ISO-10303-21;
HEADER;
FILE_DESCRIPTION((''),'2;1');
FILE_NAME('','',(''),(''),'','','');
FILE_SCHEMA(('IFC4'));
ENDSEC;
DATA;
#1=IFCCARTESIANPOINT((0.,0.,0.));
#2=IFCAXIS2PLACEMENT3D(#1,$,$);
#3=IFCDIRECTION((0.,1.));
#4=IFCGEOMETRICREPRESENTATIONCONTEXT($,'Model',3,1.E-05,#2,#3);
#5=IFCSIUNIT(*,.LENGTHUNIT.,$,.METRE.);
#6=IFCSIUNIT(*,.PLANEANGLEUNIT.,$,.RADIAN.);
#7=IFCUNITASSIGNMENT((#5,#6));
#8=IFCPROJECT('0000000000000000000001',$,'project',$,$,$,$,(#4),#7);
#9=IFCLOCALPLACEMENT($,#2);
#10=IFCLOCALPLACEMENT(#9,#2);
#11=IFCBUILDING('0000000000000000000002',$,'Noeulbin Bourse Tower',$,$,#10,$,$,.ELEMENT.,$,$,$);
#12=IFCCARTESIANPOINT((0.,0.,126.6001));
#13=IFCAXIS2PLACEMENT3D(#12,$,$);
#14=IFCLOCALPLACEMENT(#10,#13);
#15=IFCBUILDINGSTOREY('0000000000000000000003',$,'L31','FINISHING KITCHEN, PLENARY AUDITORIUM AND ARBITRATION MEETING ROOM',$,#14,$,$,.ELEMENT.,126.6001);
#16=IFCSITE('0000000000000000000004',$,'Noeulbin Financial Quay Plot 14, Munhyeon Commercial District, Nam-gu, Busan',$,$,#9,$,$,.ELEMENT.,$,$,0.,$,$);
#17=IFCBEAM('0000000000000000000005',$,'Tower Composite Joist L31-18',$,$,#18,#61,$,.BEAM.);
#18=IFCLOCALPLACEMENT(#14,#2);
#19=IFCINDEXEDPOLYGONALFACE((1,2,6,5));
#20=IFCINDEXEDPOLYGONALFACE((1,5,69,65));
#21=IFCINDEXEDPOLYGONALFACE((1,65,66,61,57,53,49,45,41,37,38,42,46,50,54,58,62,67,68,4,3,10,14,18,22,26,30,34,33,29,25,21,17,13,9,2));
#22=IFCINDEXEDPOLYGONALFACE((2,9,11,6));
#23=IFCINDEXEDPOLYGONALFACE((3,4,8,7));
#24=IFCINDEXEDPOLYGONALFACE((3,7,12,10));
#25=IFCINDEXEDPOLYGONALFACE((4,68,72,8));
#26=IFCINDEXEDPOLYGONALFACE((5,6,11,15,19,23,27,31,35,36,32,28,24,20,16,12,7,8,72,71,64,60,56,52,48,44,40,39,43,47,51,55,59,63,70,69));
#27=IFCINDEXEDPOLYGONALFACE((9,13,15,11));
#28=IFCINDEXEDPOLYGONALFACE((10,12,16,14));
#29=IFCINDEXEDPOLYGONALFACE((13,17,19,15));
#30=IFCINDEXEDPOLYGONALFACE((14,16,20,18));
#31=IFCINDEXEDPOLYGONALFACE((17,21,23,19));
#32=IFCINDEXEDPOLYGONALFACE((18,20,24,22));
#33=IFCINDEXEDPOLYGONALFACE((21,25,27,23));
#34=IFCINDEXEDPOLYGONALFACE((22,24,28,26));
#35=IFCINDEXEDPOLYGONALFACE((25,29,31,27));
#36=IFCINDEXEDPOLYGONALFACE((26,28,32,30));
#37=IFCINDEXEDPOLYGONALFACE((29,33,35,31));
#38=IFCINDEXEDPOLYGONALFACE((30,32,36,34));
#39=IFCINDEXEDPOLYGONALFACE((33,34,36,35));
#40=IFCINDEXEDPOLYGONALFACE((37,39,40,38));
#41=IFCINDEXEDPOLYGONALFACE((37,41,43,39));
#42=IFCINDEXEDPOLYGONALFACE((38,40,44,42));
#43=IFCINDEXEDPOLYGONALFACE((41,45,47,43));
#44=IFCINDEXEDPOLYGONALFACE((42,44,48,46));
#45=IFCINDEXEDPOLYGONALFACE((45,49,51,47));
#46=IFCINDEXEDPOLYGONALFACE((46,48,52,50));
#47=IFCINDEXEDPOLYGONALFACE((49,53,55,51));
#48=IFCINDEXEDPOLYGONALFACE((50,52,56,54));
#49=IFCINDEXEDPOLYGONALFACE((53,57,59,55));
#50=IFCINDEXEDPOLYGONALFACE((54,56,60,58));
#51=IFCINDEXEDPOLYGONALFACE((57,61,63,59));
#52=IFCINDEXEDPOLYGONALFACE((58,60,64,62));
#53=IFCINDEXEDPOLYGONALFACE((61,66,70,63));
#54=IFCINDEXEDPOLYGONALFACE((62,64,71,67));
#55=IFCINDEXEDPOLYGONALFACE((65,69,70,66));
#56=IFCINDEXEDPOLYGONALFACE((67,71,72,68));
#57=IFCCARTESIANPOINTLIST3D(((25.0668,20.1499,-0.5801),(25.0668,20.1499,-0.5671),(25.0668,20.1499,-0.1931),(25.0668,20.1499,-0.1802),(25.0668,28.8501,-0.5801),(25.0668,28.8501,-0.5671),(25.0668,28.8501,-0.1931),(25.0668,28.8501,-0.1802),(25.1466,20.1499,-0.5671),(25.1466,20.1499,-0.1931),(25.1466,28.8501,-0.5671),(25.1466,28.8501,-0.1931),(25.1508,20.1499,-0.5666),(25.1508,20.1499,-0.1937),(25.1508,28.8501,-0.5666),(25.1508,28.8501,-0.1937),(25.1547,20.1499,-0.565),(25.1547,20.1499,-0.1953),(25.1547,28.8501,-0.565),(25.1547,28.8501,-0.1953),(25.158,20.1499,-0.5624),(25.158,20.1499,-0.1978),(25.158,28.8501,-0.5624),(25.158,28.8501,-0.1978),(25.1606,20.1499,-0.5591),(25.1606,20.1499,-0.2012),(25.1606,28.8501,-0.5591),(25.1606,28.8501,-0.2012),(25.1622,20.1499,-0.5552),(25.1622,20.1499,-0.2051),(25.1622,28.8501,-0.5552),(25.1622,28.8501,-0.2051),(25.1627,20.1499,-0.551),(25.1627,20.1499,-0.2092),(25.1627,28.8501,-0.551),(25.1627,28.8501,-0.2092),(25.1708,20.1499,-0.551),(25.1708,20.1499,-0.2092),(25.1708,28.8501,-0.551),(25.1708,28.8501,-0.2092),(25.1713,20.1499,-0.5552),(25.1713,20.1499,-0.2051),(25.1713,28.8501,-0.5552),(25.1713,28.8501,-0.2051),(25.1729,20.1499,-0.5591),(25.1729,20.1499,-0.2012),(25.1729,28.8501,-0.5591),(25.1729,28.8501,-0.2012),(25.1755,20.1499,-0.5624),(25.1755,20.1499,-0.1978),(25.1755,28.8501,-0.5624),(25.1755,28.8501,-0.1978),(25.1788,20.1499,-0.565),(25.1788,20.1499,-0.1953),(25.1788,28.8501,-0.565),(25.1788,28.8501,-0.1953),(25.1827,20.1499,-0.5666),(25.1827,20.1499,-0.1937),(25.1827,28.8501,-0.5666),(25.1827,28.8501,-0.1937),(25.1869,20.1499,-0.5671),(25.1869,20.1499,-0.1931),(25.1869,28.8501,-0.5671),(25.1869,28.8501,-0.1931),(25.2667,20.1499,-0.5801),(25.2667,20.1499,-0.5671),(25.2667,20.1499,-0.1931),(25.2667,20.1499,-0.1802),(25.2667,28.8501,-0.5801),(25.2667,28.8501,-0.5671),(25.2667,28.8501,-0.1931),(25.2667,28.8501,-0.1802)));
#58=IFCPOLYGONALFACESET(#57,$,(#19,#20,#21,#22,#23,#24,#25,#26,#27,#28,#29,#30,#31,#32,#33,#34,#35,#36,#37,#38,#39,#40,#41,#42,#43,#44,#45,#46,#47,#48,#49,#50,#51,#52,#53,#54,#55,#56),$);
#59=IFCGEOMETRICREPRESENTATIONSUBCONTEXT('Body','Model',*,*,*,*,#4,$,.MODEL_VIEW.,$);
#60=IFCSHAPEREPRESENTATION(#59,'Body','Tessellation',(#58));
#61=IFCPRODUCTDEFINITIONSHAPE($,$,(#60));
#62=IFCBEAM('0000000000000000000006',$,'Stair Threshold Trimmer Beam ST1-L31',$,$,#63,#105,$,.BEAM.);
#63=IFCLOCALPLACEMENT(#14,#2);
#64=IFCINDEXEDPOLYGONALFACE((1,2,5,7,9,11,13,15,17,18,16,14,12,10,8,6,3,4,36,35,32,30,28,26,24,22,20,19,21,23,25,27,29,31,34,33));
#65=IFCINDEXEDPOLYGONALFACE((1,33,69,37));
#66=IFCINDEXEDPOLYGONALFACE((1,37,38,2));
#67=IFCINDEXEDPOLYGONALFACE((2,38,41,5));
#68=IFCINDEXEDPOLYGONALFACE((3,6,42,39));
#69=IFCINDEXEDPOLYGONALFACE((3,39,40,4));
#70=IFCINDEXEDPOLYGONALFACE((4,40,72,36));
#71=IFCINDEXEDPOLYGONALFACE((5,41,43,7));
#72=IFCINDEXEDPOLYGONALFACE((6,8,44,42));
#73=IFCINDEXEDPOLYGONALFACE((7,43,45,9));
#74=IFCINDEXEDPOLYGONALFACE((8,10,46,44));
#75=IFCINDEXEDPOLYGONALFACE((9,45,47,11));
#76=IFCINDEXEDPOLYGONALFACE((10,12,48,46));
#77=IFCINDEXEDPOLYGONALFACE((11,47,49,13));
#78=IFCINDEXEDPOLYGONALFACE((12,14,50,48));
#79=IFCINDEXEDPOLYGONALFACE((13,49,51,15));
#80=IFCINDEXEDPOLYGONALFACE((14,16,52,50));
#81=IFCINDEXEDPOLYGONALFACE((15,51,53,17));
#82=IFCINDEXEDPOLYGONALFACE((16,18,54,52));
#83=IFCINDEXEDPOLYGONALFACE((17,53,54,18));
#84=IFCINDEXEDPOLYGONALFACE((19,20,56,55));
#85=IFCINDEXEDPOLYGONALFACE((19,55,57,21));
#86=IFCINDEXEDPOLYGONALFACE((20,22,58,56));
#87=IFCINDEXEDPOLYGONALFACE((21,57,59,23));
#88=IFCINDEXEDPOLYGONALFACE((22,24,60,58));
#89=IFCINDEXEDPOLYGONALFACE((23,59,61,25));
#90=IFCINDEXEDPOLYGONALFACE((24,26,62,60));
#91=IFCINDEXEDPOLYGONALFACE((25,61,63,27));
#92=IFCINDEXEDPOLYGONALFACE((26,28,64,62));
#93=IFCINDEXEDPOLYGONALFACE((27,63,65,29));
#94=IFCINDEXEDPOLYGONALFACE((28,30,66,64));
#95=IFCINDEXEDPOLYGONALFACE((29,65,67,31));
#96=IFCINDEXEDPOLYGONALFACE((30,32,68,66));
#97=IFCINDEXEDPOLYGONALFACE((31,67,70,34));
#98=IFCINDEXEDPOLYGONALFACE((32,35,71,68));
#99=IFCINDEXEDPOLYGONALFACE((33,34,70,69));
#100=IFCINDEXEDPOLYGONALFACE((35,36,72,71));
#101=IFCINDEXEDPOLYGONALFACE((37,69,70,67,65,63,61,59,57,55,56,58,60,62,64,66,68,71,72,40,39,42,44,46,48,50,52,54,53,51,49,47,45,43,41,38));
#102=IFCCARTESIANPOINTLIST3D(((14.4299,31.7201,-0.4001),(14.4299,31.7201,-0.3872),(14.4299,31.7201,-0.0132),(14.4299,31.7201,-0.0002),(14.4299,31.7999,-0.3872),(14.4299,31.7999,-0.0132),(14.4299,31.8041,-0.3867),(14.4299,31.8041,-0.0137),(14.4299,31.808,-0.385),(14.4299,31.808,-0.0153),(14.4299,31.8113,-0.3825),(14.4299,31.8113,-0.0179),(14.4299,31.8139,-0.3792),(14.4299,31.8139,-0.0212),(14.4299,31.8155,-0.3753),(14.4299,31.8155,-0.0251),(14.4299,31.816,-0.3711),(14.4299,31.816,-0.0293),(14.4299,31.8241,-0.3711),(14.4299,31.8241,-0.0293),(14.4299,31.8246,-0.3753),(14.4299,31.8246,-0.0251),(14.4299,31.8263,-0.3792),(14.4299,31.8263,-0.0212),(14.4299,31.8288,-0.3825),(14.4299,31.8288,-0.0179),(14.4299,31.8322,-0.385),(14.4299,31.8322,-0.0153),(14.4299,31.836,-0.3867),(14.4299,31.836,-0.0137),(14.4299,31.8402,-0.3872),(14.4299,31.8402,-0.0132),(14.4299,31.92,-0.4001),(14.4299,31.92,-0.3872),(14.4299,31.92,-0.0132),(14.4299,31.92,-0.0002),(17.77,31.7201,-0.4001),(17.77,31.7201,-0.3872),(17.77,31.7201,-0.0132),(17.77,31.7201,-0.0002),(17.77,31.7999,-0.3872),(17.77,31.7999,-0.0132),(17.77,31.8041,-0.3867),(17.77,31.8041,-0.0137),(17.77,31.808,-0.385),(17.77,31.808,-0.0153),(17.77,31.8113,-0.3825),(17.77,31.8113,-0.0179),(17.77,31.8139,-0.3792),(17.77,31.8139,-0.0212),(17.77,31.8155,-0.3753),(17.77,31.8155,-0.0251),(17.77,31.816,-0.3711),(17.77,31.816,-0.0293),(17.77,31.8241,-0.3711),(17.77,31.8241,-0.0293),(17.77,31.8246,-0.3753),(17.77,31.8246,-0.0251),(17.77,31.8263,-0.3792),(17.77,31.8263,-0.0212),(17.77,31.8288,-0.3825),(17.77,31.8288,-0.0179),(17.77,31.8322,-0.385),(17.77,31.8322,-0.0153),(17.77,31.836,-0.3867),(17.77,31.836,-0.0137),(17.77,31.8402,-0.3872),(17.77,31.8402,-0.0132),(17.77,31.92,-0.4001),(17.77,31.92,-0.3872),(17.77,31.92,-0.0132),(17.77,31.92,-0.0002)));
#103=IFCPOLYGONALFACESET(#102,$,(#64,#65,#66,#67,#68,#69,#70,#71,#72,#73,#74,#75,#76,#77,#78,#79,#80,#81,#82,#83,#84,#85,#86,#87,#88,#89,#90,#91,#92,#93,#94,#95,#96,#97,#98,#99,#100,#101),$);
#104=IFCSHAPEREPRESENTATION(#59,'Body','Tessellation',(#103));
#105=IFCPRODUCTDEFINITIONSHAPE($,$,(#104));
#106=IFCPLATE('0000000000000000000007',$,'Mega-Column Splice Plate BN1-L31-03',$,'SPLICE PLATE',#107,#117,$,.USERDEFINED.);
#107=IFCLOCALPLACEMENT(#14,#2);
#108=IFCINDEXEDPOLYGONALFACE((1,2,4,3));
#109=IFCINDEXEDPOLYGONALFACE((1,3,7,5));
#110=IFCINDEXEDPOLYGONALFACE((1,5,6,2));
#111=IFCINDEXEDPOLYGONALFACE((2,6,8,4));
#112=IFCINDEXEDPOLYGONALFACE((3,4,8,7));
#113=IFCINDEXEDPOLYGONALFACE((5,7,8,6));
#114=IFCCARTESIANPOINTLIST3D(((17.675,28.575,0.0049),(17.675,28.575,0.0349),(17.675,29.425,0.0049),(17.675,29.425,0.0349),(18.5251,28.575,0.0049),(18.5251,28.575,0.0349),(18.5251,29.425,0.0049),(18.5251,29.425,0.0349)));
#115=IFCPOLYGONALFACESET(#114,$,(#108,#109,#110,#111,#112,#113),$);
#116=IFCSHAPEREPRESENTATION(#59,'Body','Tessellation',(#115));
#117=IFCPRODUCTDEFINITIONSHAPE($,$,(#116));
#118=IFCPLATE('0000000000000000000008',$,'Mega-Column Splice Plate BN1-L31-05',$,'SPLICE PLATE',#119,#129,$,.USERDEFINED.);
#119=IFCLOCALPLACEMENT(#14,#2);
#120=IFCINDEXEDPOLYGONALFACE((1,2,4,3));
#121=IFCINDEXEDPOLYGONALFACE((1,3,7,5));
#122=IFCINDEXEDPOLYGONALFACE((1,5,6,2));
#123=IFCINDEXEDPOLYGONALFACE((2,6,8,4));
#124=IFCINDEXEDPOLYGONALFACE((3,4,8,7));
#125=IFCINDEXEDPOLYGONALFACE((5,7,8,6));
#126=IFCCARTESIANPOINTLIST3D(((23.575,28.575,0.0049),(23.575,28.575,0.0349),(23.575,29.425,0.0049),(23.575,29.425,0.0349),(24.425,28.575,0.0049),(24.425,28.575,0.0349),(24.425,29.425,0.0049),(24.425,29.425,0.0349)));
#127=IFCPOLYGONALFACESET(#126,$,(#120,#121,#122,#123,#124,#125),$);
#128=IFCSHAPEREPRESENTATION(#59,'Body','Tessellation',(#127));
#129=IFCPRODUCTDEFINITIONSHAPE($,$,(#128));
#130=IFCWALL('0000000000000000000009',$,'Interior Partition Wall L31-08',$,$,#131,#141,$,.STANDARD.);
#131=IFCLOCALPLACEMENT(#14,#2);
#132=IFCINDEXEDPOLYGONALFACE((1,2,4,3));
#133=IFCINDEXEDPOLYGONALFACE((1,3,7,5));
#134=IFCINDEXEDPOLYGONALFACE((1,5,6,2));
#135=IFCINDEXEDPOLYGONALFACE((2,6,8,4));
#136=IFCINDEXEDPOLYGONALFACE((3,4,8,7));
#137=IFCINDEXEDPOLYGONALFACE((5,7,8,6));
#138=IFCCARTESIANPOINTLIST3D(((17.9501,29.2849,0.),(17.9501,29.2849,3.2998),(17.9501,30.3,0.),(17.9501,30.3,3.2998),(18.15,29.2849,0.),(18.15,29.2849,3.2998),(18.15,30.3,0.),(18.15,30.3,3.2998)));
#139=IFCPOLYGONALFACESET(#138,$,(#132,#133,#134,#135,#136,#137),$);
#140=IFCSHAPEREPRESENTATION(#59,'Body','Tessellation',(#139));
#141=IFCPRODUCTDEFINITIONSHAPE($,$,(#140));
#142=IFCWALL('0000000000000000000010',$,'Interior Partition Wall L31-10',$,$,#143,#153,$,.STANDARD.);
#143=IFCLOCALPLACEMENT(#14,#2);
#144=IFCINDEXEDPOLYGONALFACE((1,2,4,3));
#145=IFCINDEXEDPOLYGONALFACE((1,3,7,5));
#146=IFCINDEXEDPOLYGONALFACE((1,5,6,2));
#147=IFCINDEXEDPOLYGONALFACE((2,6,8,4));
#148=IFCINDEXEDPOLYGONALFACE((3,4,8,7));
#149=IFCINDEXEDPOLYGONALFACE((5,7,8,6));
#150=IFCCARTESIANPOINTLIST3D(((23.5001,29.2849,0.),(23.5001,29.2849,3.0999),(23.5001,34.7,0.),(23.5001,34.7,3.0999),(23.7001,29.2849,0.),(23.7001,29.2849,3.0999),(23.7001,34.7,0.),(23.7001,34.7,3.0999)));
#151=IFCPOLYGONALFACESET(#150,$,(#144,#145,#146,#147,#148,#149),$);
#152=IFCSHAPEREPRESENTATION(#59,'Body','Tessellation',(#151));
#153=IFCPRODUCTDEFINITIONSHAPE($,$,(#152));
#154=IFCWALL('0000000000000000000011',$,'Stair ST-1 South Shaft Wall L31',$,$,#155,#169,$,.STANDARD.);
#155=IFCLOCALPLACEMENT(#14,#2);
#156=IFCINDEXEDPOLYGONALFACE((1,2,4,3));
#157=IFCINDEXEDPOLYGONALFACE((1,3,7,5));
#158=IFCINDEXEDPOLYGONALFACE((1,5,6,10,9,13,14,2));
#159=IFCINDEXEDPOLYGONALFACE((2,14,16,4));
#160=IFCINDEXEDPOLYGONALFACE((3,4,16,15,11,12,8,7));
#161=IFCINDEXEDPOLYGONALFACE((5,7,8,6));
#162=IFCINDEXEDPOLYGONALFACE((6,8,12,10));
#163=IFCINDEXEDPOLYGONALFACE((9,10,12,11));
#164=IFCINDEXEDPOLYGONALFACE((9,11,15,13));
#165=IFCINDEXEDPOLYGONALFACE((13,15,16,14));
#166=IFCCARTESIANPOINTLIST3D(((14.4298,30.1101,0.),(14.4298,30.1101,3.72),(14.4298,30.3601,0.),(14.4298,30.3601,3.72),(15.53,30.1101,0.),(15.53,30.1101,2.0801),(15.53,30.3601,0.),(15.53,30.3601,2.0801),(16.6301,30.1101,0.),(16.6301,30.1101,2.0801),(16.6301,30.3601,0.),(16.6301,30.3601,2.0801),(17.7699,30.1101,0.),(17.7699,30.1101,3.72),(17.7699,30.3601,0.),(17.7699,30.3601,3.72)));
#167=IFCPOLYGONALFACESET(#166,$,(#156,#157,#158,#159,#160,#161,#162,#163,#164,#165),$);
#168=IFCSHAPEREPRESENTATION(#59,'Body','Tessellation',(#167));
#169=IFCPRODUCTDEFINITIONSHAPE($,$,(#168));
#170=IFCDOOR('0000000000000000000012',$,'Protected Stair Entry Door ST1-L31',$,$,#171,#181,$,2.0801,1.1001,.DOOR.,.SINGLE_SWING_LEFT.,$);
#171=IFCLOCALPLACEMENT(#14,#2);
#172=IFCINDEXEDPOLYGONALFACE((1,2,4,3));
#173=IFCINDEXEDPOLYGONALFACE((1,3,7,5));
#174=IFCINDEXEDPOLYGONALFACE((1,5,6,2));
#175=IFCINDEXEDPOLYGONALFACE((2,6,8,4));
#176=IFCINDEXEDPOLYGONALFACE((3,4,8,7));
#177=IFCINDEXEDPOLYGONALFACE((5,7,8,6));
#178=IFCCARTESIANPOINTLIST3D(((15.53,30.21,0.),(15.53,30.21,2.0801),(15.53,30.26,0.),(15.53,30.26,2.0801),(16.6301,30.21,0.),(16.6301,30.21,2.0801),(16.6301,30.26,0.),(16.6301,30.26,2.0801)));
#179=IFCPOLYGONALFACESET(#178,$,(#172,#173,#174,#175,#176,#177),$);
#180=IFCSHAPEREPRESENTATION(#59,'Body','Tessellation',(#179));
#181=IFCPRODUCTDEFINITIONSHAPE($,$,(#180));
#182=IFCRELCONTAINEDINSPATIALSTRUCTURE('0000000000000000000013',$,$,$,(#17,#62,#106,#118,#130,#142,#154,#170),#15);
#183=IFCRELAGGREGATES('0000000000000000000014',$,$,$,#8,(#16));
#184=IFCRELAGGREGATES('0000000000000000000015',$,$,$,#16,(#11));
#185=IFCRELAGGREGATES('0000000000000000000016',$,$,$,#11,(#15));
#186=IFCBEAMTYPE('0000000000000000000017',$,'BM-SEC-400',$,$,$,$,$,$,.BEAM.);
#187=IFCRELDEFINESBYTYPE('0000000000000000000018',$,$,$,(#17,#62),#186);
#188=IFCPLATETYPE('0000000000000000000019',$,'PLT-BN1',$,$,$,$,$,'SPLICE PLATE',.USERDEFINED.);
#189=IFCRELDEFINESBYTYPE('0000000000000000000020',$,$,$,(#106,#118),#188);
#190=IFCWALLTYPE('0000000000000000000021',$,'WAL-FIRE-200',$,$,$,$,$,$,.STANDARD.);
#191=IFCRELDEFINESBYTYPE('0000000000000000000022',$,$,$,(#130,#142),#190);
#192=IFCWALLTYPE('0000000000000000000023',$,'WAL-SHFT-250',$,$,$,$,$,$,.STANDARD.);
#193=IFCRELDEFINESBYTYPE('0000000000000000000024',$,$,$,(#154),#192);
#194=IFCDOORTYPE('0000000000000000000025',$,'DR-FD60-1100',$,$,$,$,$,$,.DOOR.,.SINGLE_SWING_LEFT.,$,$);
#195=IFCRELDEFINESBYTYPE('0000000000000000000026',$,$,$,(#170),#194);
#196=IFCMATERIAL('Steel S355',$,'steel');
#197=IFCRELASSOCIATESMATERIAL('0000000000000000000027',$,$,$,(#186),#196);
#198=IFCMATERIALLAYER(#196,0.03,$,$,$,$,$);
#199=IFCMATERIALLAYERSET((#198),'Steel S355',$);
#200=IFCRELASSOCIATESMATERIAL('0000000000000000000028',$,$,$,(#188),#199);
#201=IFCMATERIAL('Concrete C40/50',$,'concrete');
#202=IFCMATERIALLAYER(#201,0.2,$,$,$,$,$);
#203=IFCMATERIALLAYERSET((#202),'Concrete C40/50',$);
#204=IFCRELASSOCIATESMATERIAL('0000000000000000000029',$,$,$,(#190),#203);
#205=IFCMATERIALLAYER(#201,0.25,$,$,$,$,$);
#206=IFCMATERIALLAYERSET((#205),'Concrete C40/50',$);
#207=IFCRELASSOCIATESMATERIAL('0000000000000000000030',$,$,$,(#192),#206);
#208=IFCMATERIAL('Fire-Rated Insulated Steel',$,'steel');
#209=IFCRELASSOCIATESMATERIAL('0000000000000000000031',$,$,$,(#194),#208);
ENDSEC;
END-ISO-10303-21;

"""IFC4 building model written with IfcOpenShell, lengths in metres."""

from ifc_helpers import new_model, si_unit, direction, frame, frame_2d, origin, origin_2d, place, context, subcontext, project, spatial, rectangle, i_section, extrude, material, layer, layer_set, material_profile, profile_set, type_object, element, fill, save


model = new_model("IFC4")

# Units and contexts
model_context = context("Model", 3, precision=1e-05, world=origin(), true_north=direction((0.0, 1.0)))
body_context = subcontext(model_context, "Body", "Model", "MODEL_VIEW")
ifc_project = project(units=[si_unit("LENGTHUNIT", "METRE"), si_unit("PLANEANGLEUNIT", "RADIAN")], contexts=[model_context])

# Site, building, storey
site_placement = place(None, origin())
site = spatial("IfcSite", under=ifc_project, at=site_placement, Name="Noeulbin Financial Quay Plot 14, Munhyeon Commercial District, Nam-gu, Busan", CompositionType="ELEMENT", RefElevation=0.0)
building_placement = place(site_placement, origin())
building = spatial("IfcBuilding", under=site, at=building_placement, Name="Noeulbin Bourse Tower", CompositionType="ELEMENT")
storey_placement = place(building_placement, frame((0.0, 0.0, 126.6001)))
storey = spatial("IfcBuildingStorey", under=building, at=storey_placement, Name="L31", Description="FINISHING KITCHEN, PLENARY AUDITORIUM AND ARBITRATION MEETING ROOM", CompositionType="ELEMENT", Elevation=126.6001)

# Beams
ifc_material_1 = material(Name="Steel S355", Category="steel")
ifc_material_profile_1 = material_profile(ifc_material_1, i_section(OverallWidth=0.2, OverallDepth=0.3999, WebThickness=0.0081, FlangeThickness=0.0129, FilletRadius=0.0161, at=origin_2d()), Name="H-400x200x8x13", Category="LoadBearing")
ifc_profile_set_1 = profile_set([ifc_material_profile_1], Name="Steel S355")
beam_type = type_object("IfcBeamType", Name="BM-SEC-400", PredefinedType="BEAM", material=ifc_profile_set_1)
for number, where, z_axis, x_axis, name in (
    (1, (25.1667, 20.1499, -0.3801), (0.0, 1.0, 0.0), (-1.0, 0.0, 0.0), "Tower Composite Joist L31-18"),
):
    element("IfcBeam", number, at=place(storey_placement, frame(where, z_axis=z_axis, x_axis=x_axis)), inside=storey, type_object=beam_type, Name=name, PredefinedType="BEAM", context=body_context, shape_type="SweptSolid", body=[
        extrude(i_section(OverallWidth=0.2, OverallDepth=0.3999, WebThickness=0.0081, FlangeThickness=0.0129, FilletRadius=0.0161, at=origin_2d()), origin(), (0.0, 0.0, 1.0), 8.7002),
    ])
beam_placement = place(storey_placement, frame((14.4299, 31.8201, -0.2002), z_axis=(1.0, 0.0, 0.0), x_axis=(0.0, 1.0, 0.0)))
element("IfcBeam", 2, at=beam_placement, inside=storey, type_object=beam_type, Name="Stair Threshold Trimmer Beam ST1-L31", PredefinedType="BEAM", context=body_context, shape_type="SweptSolid", body=[
    extrude(i_section(OverallWidth=0.2, OverallDepth=0.3999, WebThickness=0.0081, FlangeThickness=0.0129, FilletRadius=0.0161, at=origin_2d()), origin(), (0.0, 0.0, 1.0), 3.3401),
])

# Plates
ifc_layer_1 = layer(ifc_material_1, 0.03)
ifc_layer_set_1 = layer_set([ifc_layer_1], Name="Steel S355")
plate_type = type_object("IfcPlateType", Name="PLT-BN1", ElementType="SPLICE PLATE", PredefinedType="USERDEFINED", material=ifc_layer_set_1)
for number, where, z_axis, x_axis, name in (
    (3, (18.1001, 29.0, 0.0049), (0.0, 0.0, 1.0), (1.0, 0.0, 0.0), "Mega-Column Splice Plate BN1-L31-03"),
    (4, (24.0, 29.0, 0.0049), (0.0, 0.0, 1.0), (1.0, 0.0, 0.0), "Mega-Column Splice Plate BN1-L31-05"),
):
    element("IfcPlate", number, at=place(storey_placement, frame(where, z_axis=z_axis, x_axis=x_axis)), inside=storey, type_object=plate_type, Name=name, ObjectType="SPLICE PLATE", PredefinedType="USERDEFINED", context=body_context, shape_type="SweptSolid", body=[
        extrude(rectangle(XDim=0.8501, YDim=0.8501, at=origin_2d()), origin(), (0.0, 0.0, 1.0), 0.03),
    ])

# Walls
ifc_material_2 = material(Name="Concrete C40/50", Category="concrete")
ifc_layer_2 = layer(ifc_material_2, 0.2)
ifc_layer_set_2 = layer_set([ifc_layer_2], Name="Concrete C40/50")
wall_type_1 = type_object("IfcWallType", Name="WAL-FIRE-200", PredefinedType="STANDARD", material=ifc_layer_set_2)
wall_1_placement = place(storey_placement, frame((18.05, 29.2849, 0.0), z_axis=(0.0, 0.0, 1.0), x_axis=(0.0, 1.0, 0.0)))
element("IfcWall", 5, at=wall_1_placement, inside=storey, type_object=wall_type_1, Name="Interior Partition Wall L31-08", PredefinedType="STANDARD", context=body_context, shape_type="SweptSolid", body=[
    extrude(rectangle(XDim=1.0151, YDim=0.2, at=frame_2d((0.5076, 0.0))), origin(), (0.0, 0.0, 1.0), 3.2998),
])
wall_2_placement = place(storey_placement, frame((23.6001, 29.2849, 0.0), z_axis=(0.0, 0.0, 1.0), x_axis=(0.0, 1.0, 0.0)))
element("IfcWall", 6, at=wall_2_placement, inside=storey, type_object=wall_type_1, Name="Interior Partition Wall L31-10", PredefinedType="STANDARD", context=body_context, shape_type="SweptSolid", body=[
    extrude(rectangle(XDim=5.415, YDim=0.2, at=frame_2d((2.7075, 0.0))), origin(), (0.0, 0.0, 1.0), 3.0999),
])

# Wall, opening, door
ifc_layer_3 = layer(ifc_material_2, 0.25)
ifc_layer_set_3 = layer_set([ifc_layer_3], Name="Concrete C40/50")
wall_type_2 = type_object("IfcWallType", Name="WAL-SHFT-250", PredefinedType="STANDARD", material=ifc_layer_set_3)
wall_3_placement = place(storey_placement, frame((14.4299, 30.2351, 0.0), z_axis=(0.0, 0.0, 1.0), x_axis=(1.0, 0.0, 0.0)))
wall_3 = element("IfcWall", 7, at=wall_3_placement, inside=storey, type_object=wall_type_2, Name="Stair ST-1 South Shaft Wall L31", PredefinedType="STANDARD", context=body_context, shape_type="SweptSolid", body=[
    extrude(rectangle(XDim=3.3401, YDim=0.25, at=frame_2d((1.6699, 0.0))), origin(), (0.0, 0.0, 1.0), 3.72),
])
opening_placement = place(wall_3_placement, frame((1.1001, 0.0, 0.0)))
opening = element("IfcOpeningElement", 8, at=opening_placement, cuts=wall_3, PredefinedType="OPENING", context=body_context, shape_type="SweptSolid", body=[
    extrude(rectangle(XDim=1.1001, YDim=2.0801, at=frame_2d((0.55, 1.04))), frame((0.0, 0.135, 0.0), z_axis=(0.0, -1.0, 0.0), x_axis=(1.0, 0.0, 0.0)), (0.0, 0.0, 1.0), 0.27),
])
ifc_material_3 = material(Name="Fire-Rated Insulated Steel", Category="steel")
door_type = type_object("IfcDoorType", Name="DR-FD60-1100", OperationType="SINGLE_SWING_LEFT", PredefinedType="DOOR", material=ifc_material_3)
door_placement = place(opening_placement, origin())
door = element("IfcDoor", 9, at=door_placement, inside=storey, type_object=door_type, Name="Protected Stair Entry Door ST1-L31", OperationType="SINGLE_SWING_LEFT", OverallHeight=2.0801, OverallWidth=1.1001, PredefinedType="DOOR", context=body_context, shape_type="SweptSolid", body=[
    extrude(rectangle(XDim=1.1001, YDim=2.0801, at=frame_2d((0.55, 1.04))), frame((0.0, 0.0249, 0.0), z_axis=(0.0, -1.0, 0.0), x_axis=(1.0, 0.0, 0.0)), (0.0, 0.0, 1.0), 0.05),
])
fill(opening, door)

save(model, "model.ifc")
